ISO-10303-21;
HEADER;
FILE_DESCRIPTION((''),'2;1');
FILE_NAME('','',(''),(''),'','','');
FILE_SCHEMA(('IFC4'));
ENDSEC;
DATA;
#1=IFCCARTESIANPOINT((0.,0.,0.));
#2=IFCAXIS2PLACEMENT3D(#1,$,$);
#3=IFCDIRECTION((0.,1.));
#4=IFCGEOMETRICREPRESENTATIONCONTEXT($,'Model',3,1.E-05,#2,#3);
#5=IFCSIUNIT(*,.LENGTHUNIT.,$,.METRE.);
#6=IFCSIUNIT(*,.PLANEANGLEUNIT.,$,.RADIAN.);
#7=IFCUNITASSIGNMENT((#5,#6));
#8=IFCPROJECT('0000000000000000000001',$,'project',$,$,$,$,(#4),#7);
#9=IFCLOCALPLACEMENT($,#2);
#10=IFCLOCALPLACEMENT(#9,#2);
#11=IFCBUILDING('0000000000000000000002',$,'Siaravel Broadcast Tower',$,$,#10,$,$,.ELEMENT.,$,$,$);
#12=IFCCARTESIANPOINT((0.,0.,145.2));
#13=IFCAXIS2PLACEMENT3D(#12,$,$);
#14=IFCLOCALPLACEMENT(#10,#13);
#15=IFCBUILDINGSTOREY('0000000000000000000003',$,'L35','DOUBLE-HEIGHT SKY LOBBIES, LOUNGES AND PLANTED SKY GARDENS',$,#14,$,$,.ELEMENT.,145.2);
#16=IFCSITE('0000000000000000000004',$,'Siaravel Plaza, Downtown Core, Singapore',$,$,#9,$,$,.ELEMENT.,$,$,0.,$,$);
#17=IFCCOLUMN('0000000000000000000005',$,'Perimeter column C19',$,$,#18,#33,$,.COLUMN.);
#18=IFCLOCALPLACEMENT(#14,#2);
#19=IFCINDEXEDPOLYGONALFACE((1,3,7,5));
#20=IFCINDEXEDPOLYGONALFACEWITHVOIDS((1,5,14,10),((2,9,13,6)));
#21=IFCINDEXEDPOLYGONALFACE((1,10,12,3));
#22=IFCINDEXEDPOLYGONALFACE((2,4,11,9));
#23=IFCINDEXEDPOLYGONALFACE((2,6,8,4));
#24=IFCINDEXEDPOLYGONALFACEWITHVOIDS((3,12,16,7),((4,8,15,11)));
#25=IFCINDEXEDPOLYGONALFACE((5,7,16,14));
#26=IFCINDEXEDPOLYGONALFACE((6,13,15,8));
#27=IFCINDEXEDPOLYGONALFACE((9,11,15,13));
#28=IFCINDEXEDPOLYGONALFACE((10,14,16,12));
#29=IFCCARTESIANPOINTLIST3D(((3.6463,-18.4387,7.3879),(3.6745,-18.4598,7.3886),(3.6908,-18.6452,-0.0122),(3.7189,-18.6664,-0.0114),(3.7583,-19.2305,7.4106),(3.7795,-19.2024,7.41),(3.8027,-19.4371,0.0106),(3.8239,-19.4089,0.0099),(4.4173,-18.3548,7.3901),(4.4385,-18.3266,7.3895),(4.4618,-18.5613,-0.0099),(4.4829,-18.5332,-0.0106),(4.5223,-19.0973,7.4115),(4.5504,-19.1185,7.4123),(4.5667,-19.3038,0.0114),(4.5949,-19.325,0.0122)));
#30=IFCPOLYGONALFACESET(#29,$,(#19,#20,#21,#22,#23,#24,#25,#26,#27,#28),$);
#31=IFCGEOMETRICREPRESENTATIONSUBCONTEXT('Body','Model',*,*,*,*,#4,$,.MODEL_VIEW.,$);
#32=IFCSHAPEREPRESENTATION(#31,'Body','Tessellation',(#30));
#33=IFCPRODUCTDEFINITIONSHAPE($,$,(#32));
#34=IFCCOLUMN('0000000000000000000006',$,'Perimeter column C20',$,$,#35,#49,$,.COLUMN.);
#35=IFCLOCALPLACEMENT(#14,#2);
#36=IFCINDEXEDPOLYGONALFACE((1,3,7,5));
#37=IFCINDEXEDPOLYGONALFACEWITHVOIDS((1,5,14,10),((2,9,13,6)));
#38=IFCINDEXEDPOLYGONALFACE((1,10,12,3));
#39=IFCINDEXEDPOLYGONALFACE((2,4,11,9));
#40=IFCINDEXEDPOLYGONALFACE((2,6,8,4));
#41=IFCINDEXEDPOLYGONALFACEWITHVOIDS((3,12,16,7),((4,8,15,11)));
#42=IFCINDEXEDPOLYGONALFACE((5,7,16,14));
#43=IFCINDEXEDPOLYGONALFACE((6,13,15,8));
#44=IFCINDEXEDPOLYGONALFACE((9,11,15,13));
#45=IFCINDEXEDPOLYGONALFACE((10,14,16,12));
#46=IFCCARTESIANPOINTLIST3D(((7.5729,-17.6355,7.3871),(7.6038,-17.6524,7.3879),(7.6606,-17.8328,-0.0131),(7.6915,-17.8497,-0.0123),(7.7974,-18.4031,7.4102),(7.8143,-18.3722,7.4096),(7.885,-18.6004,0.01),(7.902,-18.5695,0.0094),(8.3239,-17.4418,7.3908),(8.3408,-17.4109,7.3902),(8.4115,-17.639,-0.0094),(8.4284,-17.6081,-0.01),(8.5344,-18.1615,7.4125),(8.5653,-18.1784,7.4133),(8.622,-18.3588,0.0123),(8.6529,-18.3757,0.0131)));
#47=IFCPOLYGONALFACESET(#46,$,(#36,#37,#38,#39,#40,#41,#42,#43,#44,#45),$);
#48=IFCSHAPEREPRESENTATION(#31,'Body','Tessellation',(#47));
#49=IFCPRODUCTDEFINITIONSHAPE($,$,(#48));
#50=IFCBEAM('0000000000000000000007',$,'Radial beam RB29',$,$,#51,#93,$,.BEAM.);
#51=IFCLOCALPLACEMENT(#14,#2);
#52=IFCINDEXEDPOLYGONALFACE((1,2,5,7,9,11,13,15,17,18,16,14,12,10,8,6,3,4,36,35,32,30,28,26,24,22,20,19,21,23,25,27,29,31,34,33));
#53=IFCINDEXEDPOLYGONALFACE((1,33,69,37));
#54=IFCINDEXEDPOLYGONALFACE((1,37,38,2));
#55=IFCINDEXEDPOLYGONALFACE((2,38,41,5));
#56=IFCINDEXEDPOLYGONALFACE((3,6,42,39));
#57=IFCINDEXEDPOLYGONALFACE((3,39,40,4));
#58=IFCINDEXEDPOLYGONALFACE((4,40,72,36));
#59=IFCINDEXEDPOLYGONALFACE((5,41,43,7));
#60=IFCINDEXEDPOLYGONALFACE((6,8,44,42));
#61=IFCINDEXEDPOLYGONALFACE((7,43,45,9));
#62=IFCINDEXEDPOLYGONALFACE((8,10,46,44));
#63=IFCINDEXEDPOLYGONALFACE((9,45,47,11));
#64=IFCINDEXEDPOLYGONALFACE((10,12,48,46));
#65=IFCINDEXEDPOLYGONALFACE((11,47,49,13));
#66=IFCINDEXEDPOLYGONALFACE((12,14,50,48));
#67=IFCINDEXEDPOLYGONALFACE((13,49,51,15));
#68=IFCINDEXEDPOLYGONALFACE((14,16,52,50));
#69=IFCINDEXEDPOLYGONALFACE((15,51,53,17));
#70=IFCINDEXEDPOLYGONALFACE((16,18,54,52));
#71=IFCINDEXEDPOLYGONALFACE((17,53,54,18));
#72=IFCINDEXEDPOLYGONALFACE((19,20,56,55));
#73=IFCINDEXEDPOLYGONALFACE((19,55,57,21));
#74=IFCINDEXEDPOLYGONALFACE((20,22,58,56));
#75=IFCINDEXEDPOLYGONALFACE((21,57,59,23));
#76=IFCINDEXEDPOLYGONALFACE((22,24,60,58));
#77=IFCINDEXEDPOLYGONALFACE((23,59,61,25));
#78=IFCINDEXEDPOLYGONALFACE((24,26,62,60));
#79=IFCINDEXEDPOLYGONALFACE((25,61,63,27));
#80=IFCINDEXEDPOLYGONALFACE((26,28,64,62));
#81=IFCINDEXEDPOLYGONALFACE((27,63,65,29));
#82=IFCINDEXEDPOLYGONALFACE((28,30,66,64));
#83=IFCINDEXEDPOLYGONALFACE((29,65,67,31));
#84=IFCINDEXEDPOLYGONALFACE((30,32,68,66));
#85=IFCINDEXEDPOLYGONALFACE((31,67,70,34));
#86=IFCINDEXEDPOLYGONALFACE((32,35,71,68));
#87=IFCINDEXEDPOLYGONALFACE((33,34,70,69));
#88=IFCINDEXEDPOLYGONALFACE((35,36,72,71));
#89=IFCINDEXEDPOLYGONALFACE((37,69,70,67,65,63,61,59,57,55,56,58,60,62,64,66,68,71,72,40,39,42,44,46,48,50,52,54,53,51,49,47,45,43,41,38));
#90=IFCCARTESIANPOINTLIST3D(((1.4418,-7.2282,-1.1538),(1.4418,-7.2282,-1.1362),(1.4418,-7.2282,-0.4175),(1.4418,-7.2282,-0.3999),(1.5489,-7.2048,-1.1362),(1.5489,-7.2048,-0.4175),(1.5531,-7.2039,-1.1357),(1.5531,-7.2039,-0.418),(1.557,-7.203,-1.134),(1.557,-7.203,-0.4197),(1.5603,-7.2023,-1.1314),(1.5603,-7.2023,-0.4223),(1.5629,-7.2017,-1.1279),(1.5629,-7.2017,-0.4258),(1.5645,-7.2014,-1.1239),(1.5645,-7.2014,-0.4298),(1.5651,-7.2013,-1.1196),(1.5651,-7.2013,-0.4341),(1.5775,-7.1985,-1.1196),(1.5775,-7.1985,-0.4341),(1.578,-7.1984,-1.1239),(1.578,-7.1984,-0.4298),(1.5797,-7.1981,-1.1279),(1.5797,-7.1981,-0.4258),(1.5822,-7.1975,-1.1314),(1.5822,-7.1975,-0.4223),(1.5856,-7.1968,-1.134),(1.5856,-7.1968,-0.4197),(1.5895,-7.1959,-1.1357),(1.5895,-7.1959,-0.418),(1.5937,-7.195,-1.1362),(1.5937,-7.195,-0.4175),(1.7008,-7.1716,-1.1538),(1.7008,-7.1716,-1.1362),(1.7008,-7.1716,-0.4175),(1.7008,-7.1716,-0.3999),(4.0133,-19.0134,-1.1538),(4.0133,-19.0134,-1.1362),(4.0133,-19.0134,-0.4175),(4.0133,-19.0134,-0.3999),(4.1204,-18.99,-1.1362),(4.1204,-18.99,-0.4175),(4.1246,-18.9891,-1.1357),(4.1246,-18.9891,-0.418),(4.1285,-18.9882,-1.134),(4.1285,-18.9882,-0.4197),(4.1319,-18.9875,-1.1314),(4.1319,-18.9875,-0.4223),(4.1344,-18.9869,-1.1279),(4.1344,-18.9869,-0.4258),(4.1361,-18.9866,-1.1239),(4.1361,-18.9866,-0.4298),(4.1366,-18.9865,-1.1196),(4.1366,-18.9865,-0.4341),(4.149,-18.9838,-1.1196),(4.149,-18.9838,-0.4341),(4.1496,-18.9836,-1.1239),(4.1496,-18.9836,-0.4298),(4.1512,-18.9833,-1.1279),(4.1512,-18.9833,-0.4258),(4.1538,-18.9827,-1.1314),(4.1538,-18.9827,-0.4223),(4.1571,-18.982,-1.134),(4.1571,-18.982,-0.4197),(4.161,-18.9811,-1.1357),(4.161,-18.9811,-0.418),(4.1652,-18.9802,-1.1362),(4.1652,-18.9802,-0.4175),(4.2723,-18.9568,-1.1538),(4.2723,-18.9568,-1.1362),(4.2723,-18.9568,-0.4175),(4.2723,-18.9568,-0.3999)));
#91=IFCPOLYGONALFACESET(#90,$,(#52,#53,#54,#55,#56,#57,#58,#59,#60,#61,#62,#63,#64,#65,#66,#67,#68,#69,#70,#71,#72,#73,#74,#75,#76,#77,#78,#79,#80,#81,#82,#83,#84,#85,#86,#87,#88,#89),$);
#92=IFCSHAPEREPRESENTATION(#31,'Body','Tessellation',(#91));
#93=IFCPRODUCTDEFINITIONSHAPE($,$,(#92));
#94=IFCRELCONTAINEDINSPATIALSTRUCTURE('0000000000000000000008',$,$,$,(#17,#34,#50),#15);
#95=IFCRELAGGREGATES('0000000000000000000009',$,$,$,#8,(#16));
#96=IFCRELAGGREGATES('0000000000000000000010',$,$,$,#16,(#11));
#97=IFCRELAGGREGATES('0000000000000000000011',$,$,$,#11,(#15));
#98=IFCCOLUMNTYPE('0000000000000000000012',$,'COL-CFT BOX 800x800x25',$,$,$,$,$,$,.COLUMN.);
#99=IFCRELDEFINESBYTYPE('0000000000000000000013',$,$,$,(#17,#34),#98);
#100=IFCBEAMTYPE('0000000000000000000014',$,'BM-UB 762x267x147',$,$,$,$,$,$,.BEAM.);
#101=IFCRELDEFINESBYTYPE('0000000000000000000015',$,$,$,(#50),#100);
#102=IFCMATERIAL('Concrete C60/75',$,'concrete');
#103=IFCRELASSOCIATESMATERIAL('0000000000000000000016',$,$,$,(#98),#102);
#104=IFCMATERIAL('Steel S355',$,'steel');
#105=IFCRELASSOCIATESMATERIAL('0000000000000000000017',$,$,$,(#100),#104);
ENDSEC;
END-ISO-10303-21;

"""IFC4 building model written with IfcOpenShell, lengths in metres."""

from ifc_helpers import new_model, si_unit, direction, frame, origin, origin_2d, place, context, subcontext, project, spatial, hollow_rectangle, i_section, extrude, material, material_profile, profile_set, type_object, element, save


model = new_model("IFC4")

# Units and contexts
model_context = context("Model", 3, precision=1e-05, world=origin(), true_north=direction((0.0, 1.0)))
body_context = subcontext(model_context, "Body", "Model", "MODEL_VIEW")
ifc_project = project(units=[si_unit("LENGTHUNIT", "METRE"), si_unit("PLANEANGLEUNIT", "RADIAN")], contexts=[model_context])

# Site, building, storey
site_placement = place(None, origin())
site = spatial("IfcSite", under=ifc_project, at=site_placement, Name="Siaravel Plaza, Downtown Core, Singapore", CompositionType="ELEMENT", RefElevation=0.0)
building_placement = place(site_placement, origin())
building = spatial("IfcBuilding", under=site, at=building_placement, Name="Siaravel Broadcast Tower", CompositionType="ELEMENT")
storey_placement = place(building_placement, frame((0.0, 0.0, 145.2)))
storey = spatial("IfcBuildingStorey", under=building, at=storey_placement, Name="L35", Description="DOUBLE-HEIGHT SKY LOBBIES, LOUNGES AND PLANTED SKY GARDENS", CompositionType="ELEMENT", Elevation=145.2)

# Columns
ifc_material_1 = material(Name="Concrete C60/75", Category="concrete")
ifc_material_profile_1 = material_profile(ifc_material_1, hollow_rectangle(XDim=0.8, YDim=0.8, WallThickness=0.0249, at=origin_2d()))
ifc_profile_set_1 = profile_set([ifc_material_profile_1], Name="Concrete C60/75")
column_type = type_object("IfcColumnType", Name="COL-CFT BOX 800x800x25", PredefinedType="COLUMN", material=ifc_profile_set_1)
column_1_placement = place(storey_placement, frame((4.1428, -18.9851, 0.0), z_axis=(-0.006002, 0.027899, 0.999593), x_axis=(-0.990143, -0.140048, -0.002036)))
element("IfcColumn", 1, at=column_1_placement, inside=storey, type_object=column_type, Name="Perimeter column C19", PredefinedType="COLUMN", context=body_context, shape_type="SweptSolid", body=[
    extrude(hollow_rectangle(XDim=0.8, YDim=0.8, WallThickness=0.0249, at=origin_2d()), origin(), (0.0, 0.0, 1.0), 7.4031),
])
column_2_placement = place(storey_placement, frame((8.1567, -18.1042, 0.0), z_axis=(-0.011839, 0.026646, 0.999575), x_axis=(-0.959763, -0.280784, -0.003882)))
element("IfcColumn", 2, at=column_2_placement, inside=storey, type_object=column_type, Name="Perimeter column C20", PredefinedType="COLUMN", context=body_context, shape_type="SweptSolid", body=[
    extrude(hollow_rectangle(XDim=0.8, YDim=0.8, WallThickness=0.0249, at=origin_2d()), origin(), (0.0, 0.0, 1.0), 7.4033),
])

# Beam
ifc_material_2 = material(Name="Steel S355", Category="steel")
ifc_material_profile_2 = material_profile(ifc_material_2, i_section(OverallWidth=0.2651, OverallDepth=0.7539, WebThickness=0.0127, FlangeThickness=0.0176, FilletRadius=0.0166, at=origin_2d()))
ifc_profile_set_2 = profile_set([ifc_material_profile_2], Name="Steel S355")
beam_type = type_object("IfcBeamType", Name="BM-UB 762x267x147", PredefinedType="BEAM", material=ifc_profile_set_2)
beam_placement = place(storey_placement, frame((4.1428, -18.9851, -0.7769), z_axis=(-0.213185, 0.977012, 0.0), x_axis=(-0.977012, -0.213185, 0.0)))
element("IfcBeam", 3, at=beam_placement, inside=storey, type_object=beam_type, Name="Radial beam RB29", PredefinedType="BEAM", context=body_context, shape_type="SweptSolid", body=[
    extrude(i_section(OverallWidth=0.2651, OverallDepth=0.7539, WebThickness=0.0127, FlangeThickness=0.0176, FilletRadius=0.0166, at=origin_2d()), origin(), (0.0, 0.0, 1.0), 12.0625),
])

save(model, "model.ifc")
